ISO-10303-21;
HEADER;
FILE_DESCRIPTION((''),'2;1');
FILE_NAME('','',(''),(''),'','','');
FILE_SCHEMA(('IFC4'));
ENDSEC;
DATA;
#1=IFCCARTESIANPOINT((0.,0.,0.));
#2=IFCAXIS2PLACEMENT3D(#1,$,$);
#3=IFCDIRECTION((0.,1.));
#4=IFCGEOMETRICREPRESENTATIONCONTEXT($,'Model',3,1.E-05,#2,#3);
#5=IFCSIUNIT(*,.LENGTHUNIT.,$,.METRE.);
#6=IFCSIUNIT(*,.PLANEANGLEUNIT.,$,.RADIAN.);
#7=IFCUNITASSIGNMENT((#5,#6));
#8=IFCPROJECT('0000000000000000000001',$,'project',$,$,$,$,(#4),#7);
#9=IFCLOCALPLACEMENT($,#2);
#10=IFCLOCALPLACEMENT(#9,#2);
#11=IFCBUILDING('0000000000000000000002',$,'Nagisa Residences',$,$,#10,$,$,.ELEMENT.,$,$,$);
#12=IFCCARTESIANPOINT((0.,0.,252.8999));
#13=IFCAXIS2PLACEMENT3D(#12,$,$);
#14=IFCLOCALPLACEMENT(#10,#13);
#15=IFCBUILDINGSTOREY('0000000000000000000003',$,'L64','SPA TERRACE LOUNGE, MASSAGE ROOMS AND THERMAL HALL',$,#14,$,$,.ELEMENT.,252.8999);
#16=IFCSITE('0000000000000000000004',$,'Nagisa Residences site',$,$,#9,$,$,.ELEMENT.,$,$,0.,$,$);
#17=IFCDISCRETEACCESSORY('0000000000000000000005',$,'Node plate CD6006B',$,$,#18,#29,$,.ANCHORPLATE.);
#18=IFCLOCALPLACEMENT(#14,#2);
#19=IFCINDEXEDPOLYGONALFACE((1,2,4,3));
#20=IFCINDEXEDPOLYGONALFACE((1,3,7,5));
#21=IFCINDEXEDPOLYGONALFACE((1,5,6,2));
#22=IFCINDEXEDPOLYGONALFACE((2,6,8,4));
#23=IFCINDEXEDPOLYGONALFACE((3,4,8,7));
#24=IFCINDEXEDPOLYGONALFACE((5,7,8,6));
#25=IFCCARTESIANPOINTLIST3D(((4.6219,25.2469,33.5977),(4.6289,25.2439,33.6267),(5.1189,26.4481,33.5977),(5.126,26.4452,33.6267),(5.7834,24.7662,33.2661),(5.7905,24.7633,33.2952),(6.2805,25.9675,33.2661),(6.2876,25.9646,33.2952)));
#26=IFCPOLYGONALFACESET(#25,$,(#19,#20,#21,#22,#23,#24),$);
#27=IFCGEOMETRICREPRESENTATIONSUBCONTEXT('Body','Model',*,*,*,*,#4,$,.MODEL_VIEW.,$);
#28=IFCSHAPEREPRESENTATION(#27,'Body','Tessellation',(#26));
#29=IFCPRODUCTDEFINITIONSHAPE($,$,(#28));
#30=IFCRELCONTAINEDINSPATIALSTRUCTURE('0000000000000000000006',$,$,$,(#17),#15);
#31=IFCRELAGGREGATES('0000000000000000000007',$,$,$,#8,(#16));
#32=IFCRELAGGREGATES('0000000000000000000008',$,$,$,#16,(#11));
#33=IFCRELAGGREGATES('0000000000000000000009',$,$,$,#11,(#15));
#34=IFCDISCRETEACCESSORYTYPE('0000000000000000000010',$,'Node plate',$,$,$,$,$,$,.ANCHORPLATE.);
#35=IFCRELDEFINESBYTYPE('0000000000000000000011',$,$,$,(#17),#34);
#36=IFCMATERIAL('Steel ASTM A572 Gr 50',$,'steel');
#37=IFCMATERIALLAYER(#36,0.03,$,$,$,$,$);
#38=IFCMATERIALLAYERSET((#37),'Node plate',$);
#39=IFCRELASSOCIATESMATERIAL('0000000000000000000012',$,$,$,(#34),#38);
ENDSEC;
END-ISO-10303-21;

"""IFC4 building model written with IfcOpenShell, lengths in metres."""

from ifc_helpers import new_model, si_unit, direction, frame, origin, origin_2d, place, context, subcontext, project, spatial, rectangle, extrude, material, layer, layer_set, type_object, element, save


model = new_model("IFC4")

# Units and contexts
model_context = context("Model", 3, precision=1e-05, world=origin(), true_north=direction((0.0, 1.0)))
body_context = subcontext(model_context, "Body", "Model", "MODEL_VIEW")
ifc_project = project(units=[si_unit("LENGTHUNIT", "METRE"), si_unit("PLANEANGLEUNIT", "RADIAN")], contexts=[model_context])

# Site, building, storey
site_placement = place(None, origin())
site = spatial("IfcSite", under=ifc_project, at=site_placement, Name="Nagisa Residences site", CompositionType="ELEMENT", RefElevation=0.0)
building_placement = place(site_placement, origin())
building = spatial("IfcBuilding", under=site, at=building_placement, Name="Nagisa Residences", CompositionType="ELEMENT")
storey_placement = place(building_placement, frame((0.0, 0.0, 252.8999)))
storey = spatial("IfcBuildingStorey", under=building, at=storey_placement, Name="L64", Description="SPA TERRACE LOUNGE, MASSAGE ROOMS AND THERMAL HALL", CompositionType="ELEMENT", Elevation=252.8999)

# Discrete accessory
ifc_material_1 = material(Name="Steel ASTM A572 Gr 50", Category="steel")
ifc_layer = layer(ifc_material_1, 0.03)
ifc_layer_set = layer_set([ifc_layer], Name="Node plate")
discrete_accessory_type = type_object("IfcDiscreteAccessoryType", Name="Node plate", PredefinedType="ANCHORPLATE", material=ifc_layer_set)
for number, where, z_axis, x_axis, name in (
    (1, (5.4583, 25.6042, 33.4609), (-0.23564, 0.097506, -0.966937), (-0.382352, -0.924017, 0.0), "Node plate CD6006B"),
):
    element("IfcDiscreteAccessory", number, at=place(storey_placement, frame(where, z_axis=z_axis, x_axis=x_axis)), inside=storey, type_object=discrete_accessory_type, Name=name, PredefinedType="ANCHORPLATE", context=body_context, shape_type="SweptSolid", body=[
        extrude(rectangle(XDim=1.3, YDim=1.3, at=origin_2d()), origin(), (0.0, 0.0, 1.0), 0.03),
    ])

save(model, "model.ifc")
